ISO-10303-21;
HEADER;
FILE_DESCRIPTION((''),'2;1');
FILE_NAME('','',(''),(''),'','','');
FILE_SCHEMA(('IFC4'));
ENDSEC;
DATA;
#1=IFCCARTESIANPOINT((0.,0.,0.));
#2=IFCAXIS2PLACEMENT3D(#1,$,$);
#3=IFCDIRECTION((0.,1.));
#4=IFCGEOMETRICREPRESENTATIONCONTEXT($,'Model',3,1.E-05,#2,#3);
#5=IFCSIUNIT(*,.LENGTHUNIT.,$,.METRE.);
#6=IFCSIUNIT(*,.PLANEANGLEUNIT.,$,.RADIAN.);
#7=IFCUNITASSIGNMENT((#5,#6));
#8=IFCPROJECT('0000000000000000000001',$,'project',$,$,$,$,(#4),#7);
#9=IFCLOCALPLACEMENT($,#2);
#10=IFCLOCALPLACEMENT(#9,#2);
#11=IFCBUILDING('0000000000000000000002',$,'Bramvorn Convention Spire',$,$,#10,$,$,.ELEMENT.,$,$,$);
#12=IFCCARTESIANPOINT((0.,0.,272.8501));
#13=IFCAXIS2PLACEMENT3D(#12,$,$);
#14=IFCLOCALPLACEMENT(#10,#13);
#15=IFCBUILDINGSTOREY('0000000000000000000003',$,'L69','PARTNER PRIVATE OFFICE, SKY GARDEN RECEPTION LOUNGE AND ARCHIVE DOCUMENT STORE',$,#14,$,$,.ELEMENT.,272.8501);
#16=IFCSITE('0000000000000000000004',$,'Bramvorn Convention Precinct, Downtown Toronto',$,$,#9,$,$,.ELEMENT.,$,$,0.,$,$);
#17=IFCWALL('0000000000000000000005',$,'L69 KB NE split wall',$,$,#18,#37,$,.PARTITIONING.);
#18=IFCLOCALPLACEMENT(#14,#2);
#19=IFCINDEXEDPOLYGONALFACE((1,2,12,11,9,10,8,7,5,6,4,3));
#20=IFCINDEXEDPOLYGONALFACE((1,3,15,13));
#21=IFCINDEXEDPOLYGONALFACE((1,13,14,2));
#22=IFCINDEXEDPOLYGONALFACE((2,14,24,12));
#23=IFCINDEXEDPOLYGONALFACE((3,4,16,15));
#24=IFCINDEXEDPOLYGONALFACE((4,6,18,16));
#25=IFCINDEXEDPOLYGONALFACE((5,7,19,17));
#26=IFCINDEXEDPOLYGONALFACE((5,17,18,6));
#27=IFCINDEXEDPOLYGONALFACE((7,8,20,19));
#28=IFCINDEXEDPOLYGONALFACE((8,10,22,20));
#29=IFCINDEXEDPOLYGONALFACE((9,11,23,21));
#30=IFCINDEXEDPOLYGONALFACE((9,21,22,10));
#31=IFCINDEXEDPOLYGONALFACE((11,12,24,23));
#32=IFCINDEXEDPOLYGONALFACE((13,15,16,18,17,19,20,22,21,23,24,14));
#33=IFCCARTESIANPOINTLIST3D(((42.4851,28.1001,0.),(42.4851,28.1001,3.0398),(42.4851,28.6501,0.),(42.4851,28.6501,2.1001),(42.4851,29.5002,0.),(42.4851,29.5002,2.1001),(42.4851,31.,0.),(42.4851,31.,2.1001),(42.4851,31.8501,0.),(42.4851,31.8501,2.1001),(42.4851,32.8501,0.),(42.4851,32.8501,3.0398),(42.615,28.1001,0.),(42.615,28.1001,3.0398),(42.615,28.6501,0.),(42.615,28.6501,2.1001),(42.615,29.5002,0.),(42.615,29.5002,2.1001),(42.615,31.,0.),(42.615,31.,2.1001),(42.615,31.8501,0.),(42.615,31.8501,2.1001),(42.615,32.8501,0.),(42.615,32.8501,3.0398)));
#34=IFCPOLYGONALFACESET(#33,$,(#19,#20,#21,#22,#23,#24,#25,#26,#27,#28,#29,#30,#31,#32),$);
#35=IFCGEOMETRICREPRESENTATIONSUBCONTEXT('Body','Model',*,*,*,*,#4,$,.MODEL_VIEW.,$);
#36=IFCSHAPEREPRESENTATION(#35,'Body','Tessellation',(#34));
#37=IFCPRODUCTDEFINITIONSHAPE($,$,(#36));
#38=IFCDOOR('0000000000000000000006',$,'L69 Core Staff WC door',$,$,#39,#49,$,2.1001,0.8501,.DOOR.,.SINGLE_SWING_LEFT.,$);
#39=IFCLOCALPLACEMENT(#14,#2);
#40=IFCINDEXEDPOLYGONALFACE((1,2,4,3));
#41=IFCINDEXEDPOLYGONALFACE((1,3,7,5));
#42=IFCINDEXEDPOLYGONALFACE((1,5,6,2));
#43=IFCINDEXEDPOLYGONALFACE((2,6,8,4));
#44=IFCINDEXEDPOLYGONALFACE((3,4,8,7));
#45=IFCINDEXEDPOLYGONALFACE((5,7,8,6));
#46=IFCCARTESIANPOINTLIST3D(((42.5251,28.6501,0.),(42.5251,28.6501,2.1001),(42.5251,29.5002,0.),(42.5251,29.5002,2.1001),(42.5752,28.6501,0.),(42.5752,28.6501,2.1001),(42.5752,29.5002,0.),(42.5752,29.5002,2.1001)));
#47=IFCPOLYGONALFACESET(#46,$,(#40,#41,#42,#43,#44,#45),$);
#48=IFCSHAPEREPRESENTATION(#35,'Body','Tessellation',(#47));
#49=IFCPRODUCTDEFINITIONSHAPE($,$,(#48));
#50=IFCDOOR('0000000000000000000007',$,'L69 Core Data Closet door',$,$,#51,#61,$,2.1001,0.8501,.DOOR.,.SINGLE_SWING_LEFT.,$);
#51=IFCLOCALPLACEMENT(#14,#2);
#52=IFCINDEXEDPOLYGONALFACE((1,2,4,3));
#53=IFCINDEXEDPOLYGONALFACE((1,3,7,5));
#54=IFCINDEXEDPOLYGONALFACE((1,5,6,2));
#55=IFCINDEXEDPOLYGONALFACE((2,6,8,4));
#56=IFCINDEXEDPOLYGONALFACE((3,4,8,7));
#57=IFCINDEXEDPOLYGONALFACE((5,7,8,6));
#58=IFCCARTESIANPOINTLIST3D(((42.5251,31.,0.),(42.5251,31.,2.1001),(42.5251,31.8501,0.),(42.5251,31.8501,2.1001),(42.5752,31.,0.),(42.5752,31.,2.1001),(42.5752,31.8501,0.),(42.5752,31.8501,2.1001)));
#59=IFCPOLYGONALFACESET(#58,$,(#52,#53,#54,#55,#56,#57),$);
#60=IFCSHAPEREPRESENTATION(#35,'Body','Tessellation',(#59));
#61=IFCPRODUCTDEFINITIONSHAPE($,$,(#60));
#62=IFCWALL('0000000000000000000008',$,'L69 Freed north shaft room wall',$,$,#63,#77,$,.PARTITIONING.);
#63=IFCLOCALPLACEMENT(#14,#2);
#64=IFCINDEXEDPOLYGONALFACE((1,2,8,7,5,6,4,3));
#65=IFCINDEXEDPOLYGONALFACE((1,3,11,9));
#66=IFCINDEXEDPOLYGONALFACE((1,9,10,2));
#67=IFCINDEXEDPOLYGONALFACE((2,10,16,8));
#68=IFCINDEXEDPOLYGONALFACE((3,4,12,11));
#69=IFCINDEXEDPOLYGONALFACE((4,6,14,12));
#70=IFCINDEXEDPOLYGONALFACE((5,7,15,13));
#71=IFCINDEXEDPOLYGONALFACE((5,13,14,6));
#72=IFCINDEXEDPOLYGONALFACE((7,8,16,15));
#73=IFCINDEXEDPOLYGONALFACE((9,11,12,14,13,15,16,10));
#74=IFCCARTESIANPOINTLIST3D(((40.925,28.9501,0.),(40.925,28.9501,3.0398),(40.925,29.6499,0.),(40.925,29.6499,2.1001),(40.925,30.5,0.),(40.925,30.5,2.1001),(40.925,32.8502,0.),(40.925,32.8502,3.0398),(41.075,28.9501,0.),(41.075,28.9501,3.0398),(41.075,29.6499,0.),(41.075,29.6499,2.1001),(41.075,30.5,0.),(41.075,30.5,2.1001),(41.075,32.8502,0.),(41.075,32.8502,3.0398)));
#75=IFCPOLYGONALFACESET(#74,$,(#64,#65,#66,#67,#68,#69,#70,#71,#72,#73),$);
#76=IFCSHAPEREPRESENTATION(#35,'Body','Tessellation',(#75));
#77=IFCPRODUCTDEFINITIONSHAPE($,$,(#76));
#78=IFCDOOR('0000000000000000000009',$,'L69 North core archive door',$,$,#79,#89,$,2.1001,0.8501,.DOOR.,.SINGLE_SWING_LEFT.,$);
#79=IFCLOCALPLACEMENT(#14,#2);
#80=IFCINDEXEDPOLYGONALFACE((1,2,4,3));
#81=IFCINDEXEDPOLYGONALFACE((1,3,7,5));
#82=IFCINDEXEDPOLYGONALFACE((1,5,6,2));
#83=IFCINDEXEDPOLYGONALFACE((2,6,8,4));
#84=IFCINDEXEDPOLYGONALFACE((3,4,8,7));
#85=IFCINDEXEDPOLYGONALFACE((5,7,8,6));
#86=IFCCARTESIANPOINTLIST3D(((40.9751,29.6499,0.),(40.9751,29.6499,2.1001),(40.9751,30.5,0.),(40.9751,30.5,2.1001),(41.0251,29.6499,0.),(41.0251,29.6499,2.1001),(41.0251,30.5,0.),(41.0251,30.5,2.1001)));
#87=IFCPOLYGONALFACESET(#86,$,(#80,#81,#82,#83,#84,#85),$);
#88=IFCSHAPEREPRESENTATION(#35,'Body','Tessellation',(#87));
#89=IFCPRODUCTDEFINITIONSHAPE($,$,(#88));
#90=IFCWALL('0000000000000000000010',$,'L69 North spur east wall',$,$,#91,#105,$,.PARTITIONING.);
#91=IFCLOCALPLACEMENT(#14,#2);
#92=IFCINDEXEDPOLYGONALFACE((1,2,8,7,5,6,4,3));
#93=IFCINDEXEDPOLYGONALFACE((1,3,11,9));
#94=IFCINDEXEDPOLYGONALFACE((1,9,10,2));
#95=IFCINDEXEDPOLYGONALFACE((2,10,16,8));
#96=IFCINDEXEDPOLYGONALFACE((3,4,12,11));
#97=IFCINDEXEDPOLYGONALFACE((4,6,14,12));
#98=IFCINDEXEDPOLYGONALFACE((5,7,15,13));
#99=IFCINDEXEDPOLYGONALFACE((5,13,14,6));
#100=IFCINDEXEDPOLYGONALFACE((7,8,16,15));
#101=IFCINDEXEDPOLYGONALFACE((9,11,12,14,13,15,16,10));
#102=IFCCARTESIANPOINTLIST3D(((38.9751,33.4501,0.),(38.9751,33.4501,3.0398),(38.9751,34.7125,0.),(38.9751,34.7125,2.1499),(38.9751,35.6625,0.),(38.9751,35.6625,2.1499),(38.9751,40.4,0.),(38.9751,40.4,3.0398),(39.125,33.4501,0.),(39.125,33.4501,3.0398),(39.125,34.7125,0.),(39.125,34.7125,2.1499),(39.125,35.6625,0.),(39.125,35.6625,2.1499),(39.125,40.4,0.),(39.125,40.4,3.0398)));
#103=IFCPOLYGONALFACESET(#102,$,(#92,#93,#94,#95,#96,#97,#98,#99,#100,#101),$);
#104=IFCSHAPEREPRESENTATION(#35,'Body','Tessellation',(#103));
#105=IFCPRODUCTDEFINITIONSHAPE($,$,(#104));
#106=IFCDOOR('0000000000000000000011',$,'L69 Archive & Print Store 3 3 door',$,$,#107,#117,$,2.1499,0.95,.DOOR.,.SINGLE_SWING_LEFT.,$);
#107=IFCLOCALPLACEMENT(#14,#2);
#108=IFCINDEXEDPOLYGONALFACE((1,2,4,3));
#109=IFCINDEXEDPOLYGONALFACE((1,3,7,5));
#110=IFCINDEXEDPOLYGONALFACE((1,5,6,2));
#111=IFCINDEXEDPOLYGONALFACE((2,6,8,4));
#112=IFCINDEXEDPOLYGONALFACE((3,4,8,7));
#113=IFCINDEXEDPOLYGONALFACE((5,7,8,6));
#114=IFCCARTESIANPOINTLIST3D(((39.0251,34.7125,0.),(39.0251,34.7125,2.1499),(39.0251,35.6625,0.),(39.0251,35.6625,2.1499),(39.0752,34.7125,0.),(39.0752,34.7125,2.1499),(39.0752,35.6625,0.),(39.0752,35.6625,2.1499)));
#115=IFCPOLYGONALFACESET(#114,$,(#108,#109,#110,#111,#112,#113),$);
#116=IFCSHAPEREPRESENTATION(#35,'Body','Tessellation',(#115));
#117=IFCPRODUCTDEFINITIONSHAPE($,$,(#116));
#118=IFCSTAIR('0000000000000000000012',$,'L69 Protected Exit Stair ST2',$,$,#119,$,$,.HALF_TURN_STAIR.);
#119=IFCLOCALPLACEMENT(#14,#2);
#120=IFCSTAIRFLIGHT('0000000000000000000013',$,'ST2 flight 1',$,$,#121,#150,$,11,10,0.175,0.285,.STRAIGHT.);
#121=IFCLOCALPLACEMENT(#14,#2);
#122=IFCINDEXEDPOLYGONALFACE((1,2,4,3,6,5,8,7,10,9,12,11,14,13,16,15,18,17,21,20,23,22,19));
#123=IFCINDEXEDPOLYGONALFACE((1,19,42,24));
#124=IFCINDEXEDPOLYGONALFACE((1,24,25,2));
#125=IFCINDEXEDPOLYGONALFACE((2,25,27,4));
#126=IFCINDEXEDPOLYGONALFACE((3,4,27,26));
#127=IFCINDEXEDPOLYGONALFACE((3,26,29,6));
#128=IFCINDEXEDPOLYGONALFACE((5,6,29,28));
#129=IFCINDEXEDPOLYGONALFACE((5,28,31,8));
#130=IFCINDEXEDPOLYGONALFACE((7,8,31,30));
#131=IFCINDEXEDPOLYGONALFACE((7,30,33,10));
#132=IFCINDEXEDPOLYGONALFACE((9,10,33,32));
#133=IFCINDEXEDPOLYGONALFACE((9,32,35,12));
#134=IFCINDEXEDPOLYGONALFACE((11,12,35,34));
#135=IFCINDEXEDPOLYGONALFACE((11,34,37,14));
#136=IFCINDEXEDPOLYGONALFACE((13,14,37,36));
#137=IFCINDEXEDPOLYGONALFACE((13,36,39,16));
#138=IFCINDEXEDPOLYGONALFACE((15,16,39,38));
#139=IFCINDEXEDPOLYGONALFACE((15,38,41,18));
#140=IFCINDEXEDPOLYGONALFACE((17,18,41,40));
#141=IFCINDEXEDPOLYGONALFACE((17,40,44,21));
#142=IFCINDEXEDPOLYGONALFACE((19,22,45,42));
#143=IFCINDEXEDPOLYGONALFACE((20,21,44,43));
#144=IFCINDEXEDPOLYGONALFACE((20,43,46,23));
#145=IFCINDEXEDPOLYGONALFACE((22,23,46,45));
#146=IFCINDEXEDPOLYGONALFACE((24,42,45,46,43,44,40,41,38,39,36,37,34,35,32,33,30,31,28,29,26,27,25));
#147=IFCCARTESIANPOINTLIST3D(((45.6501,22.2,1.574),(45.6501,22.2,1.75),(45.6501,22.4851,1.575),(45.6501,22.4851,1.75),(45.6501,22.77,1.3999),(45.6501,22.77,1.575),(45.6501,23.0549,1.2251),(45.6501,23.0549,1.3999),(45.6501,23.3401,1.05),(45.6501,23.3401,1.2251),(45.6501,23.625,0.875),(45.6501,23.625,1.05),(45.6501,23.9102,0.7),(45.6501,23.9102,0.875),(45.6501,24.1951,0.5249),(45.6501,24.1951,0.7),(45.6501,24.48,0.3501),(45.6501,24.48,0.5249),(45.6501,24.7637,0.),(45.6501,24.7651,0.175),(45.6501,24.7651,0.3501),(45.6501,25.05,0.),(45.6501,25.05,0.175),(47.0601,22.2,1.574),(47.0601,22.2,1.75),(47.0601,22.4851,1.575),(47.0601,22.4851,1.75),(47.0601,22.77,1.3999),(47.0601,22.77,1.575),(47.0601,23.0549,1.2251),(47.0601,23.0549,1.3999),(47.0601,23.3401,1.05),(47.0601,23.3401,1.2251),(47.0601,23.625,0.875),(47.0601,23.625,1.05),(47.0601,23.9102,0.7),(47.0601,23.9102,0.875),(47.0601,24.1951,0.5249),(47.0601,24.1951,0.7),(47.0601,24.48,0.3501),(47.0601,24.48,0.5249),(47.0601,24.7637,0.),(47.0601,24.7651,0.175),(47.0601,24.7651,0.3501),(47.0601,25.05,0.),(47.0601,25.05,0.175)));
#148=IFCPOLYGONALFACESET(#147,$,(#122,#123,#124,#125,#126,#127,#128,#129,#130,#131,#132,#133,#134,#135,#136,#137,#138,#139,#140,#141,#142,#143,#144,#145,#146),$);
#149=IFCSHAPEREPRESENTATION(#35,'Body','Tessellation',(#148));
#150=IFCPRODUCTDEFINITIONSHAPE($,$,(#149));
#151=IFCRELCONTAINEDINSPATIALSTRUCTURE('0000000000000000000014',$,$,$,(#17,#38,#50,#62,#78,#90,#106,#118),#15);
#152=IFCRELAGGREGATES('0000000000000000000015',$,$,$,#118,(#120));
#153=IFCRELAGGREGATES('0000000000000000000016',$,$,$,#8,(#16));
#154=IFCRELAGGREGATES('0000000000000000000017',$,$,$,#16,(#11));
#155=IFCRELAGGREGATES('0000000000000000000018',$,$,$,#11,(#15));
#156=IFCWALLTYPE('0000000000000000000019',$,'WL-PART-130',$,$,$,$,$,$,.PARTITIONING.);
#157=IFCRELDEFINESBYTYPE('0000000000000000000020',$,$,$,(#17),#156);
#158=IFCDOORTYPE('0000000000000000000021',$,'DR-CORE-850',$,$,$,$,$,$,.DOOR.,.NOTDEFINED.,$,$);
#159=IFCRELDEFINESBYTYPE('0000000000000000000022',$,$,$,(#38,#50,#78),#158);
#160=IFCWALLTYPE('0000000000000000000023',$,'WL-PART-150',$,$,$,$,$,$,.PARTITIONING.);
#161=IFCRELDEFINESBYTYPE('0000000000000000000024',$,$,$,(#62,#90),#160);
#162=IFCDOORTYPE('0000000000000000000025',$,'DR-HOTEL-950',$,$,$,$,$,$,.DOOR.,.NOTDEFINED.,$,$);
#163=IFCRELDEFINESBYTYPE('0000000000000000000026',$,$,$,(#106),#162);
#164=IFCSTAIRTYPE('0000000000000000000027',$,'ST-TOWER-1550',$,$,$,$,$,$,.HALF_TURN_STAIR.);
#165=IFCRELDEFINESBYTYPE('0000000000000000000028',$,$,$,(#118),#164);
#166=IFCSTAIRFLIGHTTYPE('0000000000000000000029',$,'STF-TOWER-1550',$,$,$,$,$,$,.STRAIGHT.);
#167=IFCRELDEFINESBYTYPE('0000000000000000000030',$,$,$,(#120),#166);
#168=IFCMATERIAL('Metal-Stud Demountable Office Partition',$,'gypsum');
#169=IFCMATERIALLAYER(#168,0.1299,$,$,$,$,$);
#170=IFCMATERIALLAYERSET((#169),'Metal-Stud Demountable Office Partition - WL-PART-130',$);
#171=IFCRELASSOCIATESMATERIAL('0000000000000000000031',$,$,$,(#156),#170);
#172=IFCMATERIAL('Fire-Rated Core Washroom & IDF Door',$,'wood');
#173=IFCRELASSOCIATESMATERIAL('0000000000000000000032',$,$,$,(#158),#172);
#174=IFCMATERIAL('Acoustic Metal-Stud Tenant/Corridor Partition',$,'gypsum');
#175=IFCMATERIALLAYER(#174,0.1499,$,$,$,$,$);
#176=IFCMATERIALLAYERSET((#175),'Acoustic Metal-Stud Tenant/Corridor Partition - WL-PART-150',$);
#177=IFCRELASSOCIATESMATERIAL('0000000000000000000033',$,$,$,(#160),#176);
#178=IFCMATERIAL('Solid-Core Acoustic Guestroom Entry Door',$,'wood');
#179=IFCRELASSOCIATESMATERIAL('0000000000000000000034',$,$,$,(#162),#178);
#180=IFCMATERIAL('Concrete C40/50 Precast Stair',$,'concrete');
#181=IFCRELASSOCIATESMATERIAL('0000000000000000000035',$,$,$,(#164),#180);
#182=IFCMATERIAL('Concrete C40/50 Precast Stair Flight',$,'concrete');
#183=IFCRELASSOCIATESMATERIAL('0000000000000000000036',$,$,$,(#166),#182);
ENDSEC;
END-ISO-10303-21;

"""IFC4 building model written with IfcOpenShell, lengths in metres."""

from ifc_helpers import new_model, si_unit, direction, frame, frame_2d, origin, place, context, subcontext, project, spatial, polyline, rectangle, outline, extrude, material, layer, layer_set, type_object, element, fill, aggregate, save


model = new_model("IFC4")

# Units and contexts
model_context = context("Model", 3, precision=1e-05, world=origin(), true_north=direction((0.0, 1.0)))
body_context = subcontext(model_context, "Body", "Model", "MODEL_VIEW")
ifc_project = project(units=[si_unit("LENGTHUNIT", "METRE"), si_unit("PLANEANGLEUNIT", "RADIAN")], contexts=[model_context])

# Site, building, storey
site_placement = place(None, origin())
site = spatial("IfcSite", under=ifc_project, at=site_placement, Name="Bramvorn Convention Precinct, Downtown Toronto", CompositionType="ELEMENT", RefElevation=0.0)
building_placement = place(site_placement, origin())
building = spatial("IfcBuilding", under=site, at=building_placement, Name="Bramvorn Convention Spire", CompositionType="ELEMENT")
storey_placement = place(building_placement, frame((0.0, 0.0, 272.8501)))
storey = spatial("IfcBuildingStorey", under=building, at=storey_placement, Name="L69", Description="PARTNER PRIVATE OFFICE, SKY GARDEN RECEPTION LOUNGE AND ARCHIVE DOCUMENT STORE", CompositionType="ELEMENT", Elevation=272.8501)

# Wall, openings, doors
ifc_material_1 = material(Name="Metal-Stud Demountable Office Partition", Category="gypsum")
ifc_layer_1 = layer(ifc_material_1, 0.1299)
ifc_layer_set_1 = layer_set([ifc_layer_1], Name="Metal-Stud Demountable Office Partition - WL-PART-130")
wall_type_1 = type_object("IfcWallType", Name="WL-PART-130", PredefinedType="PARTITIONING", material=ifc_layer_set_1)
wall_1_placement = place(storey_placement, frame((42.55, 28.1001, 0.0), z_axis=(0.0, 0.0, 1.0), x_axis=(0.0, 1.0, 0.0)))
wall_1 = element("IfcWall", 1, at=wall_1_placement, inside=storey, type_object=wall_type_1, Name="L69 KB NE split wall", PredefinedType="PARTITIONING", context=body_context, shape_type="SweptSolid", body=[
    extrude(rectangle(XDim=4.75, YDim=0.1299, at=frame_2d((2.375, 0.0))), origin(), (0.0, 0.0, 1.0), 3.0398),
])
opening_1_placement = place(wall_1_placement, frame((0.55, 0.0, 0.0)))
opening_1 = element("IfcOpeningElement", 2, at=opening_1_placement, cuts=wall_1, PredefinedType="OPENING", context=body_context, shape_type="SweptSolid", body=[
    extrude(rectangle(XDim=0.8501, YDim=2.1001, at=frame_2d((0.425, 1.05))), frame((0.0, 0.075, 0.0), z_axis=(0.0, -1.0, 0.0), x_axis=(1.0, 0.0, 0.0)), (0.0, 0.0, 1.0), 0.1499),
])
opening_2_placement = place(wall_1_placement, frame((2.8999, 0.0, 0.0)))
opening_2 = element("IfcOpeningElement", 3, at=opening_2_placement, cuts=wall_1, PredefinedType="OPENING", context=body_context, shape_type="SweptSolid", body=[
    extrude(rectangle(XDim=0.8501, YDim=2.1001, at=frame_2d((0.425, 1.05))), frame((0.0, 0.075, 0.0), z_axis=(0.0, -1.0, 0.0), x_axis=(1.0, 0.0, 0.0)), (0.0, 0.0, 1.0), 0.1499),
])
ifc_material_2 = material(Name="Fire-Rated Core Washroom & IDF Door", Category="wood")
door_type_1 = type_object("IfcDoorType", Name="DR-CORE-850", OperationType="NOTDEFINED", PredefinedType="DOOR", material=ifc_material_2)
door_1_placement = place(opening_1_placement, origin())
door_1 = element("IfcDoor", 4, at=door_1_placement, inside=storey, type_object=door_type_1, Name="L69 Core Staff WC door", OperationType="SINGLE_SWING_LEFT", OverallHeight=2.1001, OverallWidth=0.8501, PredefinedType="DOOR", context=body_context, shape_type="SweptSolid", body=[
    extrude(rectangle(XDim=0.8501, YDim=2.1001, at=frame_2d((0.425, 1.05))), frame((0.0, 0.0249, 0.0), z_axis=(0.0, -1.0, 0.0), x_axis=(1.0, 0.0, 0.0)), (0.0, 0.0, 1.0), 0.05),
])
fill(opening_1, door_1)
door_2_placement = place(opening_2_placement, origin())
door_2 = element("IfcDoor", 5, at=door_2_placement, inside=storey, type_object=door_type_1, Name="L69 Core Data Closet door", OperationType="SINGLE_SWING_LEFT", OverallHeight=2.1001, OverallWidth=0.8501, PredefinedType="DOOR", context=body_context, shape_type="SweptSolid", body=[
    extrude(rectangle(XDim=0.8501, YDim=2.1001, at=frame_2d((0.425, 1.05))), frame((0.0, 0.0249, 0.0), z_axis=(0.0, -1.0, 0.0), x_axis=(1.0, 0.0, 0.0)), (0.0, 0.0, 1.0), 0.05),
])
fill(opening_2, door_2)

# Walls, openings, doors
ifc_material_3 = material(Name="Acoustic Metal-Stud Tenant/Corridor Partition", Category="gypsum")
ifc_layer_2 = layer(ifc_material_3, 0.1499)
ifc_layer_set_2 = layer_set([ifc_layer_2], Name="Acoustic Metal-Stud Tenant/Corridor Partition - WL-PART-150")
wall_type_2 = type_object("IfcWallType", Name="WL-PART-150", PredefinedType="PARTITIONING", material=ifc_layer_set_2)
wall_2_placement = place(storey_placement, frame((41.0, 28.95, 0.0), z_axis=(0.0, 0.0, 1.0), x_axis=(0.0, 1.0, 0.0)))
wall_2 = element("IfcWall", 6, at=wall_2_placement, inside=storey, type_object=wall_type_2, Name="L69 Freed north shaft room wall", PredefinedType="PARTITIONING", context=body_context, shape_type="SweptSolid", body=[
    extrude(rectangle(XDim=3.9001, YDim=0.1499, at=frame_2d((1.9502, 0.0))), origin(), (0.0, 0.0, 1.0), 3.0398),
])
opening_3_placement = place(wall_2_placement, frame((0.7, 0.0, 0.0)))
opening_3 = element("IfcOpeningElement", 7, at=opening_3_placement, cuts=wall_2, PredefinedType="OPENING", context=body_context, shape_type="SweptSolid", body=[
    extrude(rectangle(XDim=0.8501, YDim=2.1001, at=frame_2d((0.425, 1.05))), frame((0.0, 0.085, 0.0), z_axis=(0.0, -1.0, 0.0), x_axis=(1.0, 0.0, 0.0)), (0.0, 0.0, 1.0), 0.1699),
])
door_3_placement = place(opening_3_placement, origin())
door_3 = element("IfcDoor", 8, at=door_3_placement, inside=storey, type_object=door_type_1, Name="L69 North core archive door", OperationType="SINGLE_SWING_LEFT", OverallHeight=2.1001, OverallWidth=0.8501, PredefinedType="DOOR", context=body_context, shape_type="SweptSolid", body=[
    extrude(rectangle(XDim=0.8501, YDim=2.1001, at=frame_2d((0.425, 1.05))), frame((0.0, 0.0249, 0.0), z_axis=(0.0, -1.0, 0.0), x_axis=(1.0, 0.0, 0.0)), (0.0, 0.0, 1.0), 0.05),
])
fill(opening_3, door_3)
wall_3_placement = place(storey_placement, frame((39.05, 33.45, 0.0), z_axis=(0.0, 0.0, 1.0), x_axis=(0.0, 1.0, 0.0)))
wall_3 = element("IfcWall", 9, at=wall_3_placement, inside=storey, type_object=wall_type_2, Name="L69 North spur east wall", PredefinedType="PARTITIONING", context=body_context, shape_type="SweptSolid", body=[
    extrude(rectangle(XDim=6.95, YDim=0.1499, at=frame_2d((3.4751, 0.0))), origin(), (0.0, 0.0, 1.0), 3.0398),
])
opening_4_placement = place(wall_3_placement, frame((1.2625, 0.0, 0.0)))
opening_4 = element("IfcOpeningElement", 10, at=opening_4_placement, cuts=wall_3, PredefinedType="OPENING", context=body_context, shape_type="SweptSolid", body=[
    extrude(rectangle(XDim=0.95, YDim=2.1499, at=frame_2d((0.4751, 1.075))), frame((0.0, 0.085, 0.0), z_axis=(0.0, -1.0, 0.0), x_axis=(1.0, 0.0, 0.0)), (0.0, 0.0, 1.0), 0.1699),
])
ifc_material_4 = material(Name="Solid-Core Acoustic Guestroom Entry Door", Category="wood")
door_type_2 = type_object("IfcDoorType", Name="DR-HOTEL-950", OperationType="NOTDEFINED", PredefinedType="DOOR", material=ifc_material_4)
door_4_placement = place(opening_4_placement, origin())
door_4 = element("IfcDoor", 11, at=door_4_placement, inside=storey, type_object=door_type_2, Name="L69 Archive & Print Store 3 3 door", OperationType="SINGLE_SWING_LEFT", OverallHeight=2.1499, OverallWidth=0.95, PredefinedType="DOOR", context=body_context, shape_type="SweptSolid", body=[
    extrude(rectangle(XDim=0.95, YDim=2.1499, at=frame_2d((0.4751, 1.075))), frame((0.0, 0.0249, 0.0), z_axis=(0.0, -1.0, 0.0), x_axis=(1.0, 0.0, 0.0)), (0.0, 0.0, 1.0), 0.05),
])
fill(opening_4, door_4)

# Stair, stair flight
ifc_material_5 = material(Name="Concrete C40/50 Precast Stair", Category="concrete")
stair_type = type_object("IfcStairType", Name="ST-TOWER-1550", PredefinedType="HALF_TURN_STAIR", material=ifc_material_5)
stair_placement = place(storey_placement, origin())
stair = element("IfcStair", 12, at=stair_placement, inside=storey, type_object=stair_type, Name="L69 Protected Exit Stair ST2", PredefinedType="HALF_TURN_STAIR")
ifc_material_6 = material(Name="Concrete C40/50 Precast Stair Flight", Category="concrete")
stair_flight_type = type_object("IfcStairFlightType", Name="STF-TOWER-1550", PredefinedType="STRAIGHT", material=ifc_material_6)
stair_flight_placement = place(storey_placement, frame((46.355, 25.05, 0.0), z_axis=(0.0, 0.0, 1.0), x_axis=(0.0, -1.0, 0.0)))
stair_flight = element("IfcStairFlight", 13, at=stair_flight_placement, type_object=stair_flight_type, Name="ST2 flight 1", NumberOfRisers=11, NumberOfTreads=10, PredefinedType="STRAIGHT", RiserHeight=0.175, TreadLength=0.285, context=body_context, shape_type="SweptSolid", body=[
    extrude(outline(polyline([(0.0, 0.0), (0.0, 0.175), (0.2849, 0.175), (0.2849, 0.3501), (0.5701, 0.3501), (0.5701, 0.5249), (0.855, 0.5249), (0.855, 0.7), (1.1399, 0.7), (1.1399, 0.875), (1.425, 0.875), (1.425, 1.05), (1.71, 1.05), (1.71, 1.2251), (1.9951, 1.2251), (1.9951, 1.3999), (2.28, 1.3999), (2.28, 1.575), (2.5649, 1.575), (2.5649, 1.75), (2.8501, 1.75), (2.8501, 1.925), (2.8501, 1.574), (0.2864, 0.0), (0.0, 0.0)])), frame((0.0, 0.7051, 0.0), z_axis=(0.0, -1.0, 0.0), x_axis=(1.0, 0.0, 0.0)), (0.0, 0.0, 1.0), 1.4099),
])
aggregate(stair, [stair_flight])

save(model, "model.ifc")
